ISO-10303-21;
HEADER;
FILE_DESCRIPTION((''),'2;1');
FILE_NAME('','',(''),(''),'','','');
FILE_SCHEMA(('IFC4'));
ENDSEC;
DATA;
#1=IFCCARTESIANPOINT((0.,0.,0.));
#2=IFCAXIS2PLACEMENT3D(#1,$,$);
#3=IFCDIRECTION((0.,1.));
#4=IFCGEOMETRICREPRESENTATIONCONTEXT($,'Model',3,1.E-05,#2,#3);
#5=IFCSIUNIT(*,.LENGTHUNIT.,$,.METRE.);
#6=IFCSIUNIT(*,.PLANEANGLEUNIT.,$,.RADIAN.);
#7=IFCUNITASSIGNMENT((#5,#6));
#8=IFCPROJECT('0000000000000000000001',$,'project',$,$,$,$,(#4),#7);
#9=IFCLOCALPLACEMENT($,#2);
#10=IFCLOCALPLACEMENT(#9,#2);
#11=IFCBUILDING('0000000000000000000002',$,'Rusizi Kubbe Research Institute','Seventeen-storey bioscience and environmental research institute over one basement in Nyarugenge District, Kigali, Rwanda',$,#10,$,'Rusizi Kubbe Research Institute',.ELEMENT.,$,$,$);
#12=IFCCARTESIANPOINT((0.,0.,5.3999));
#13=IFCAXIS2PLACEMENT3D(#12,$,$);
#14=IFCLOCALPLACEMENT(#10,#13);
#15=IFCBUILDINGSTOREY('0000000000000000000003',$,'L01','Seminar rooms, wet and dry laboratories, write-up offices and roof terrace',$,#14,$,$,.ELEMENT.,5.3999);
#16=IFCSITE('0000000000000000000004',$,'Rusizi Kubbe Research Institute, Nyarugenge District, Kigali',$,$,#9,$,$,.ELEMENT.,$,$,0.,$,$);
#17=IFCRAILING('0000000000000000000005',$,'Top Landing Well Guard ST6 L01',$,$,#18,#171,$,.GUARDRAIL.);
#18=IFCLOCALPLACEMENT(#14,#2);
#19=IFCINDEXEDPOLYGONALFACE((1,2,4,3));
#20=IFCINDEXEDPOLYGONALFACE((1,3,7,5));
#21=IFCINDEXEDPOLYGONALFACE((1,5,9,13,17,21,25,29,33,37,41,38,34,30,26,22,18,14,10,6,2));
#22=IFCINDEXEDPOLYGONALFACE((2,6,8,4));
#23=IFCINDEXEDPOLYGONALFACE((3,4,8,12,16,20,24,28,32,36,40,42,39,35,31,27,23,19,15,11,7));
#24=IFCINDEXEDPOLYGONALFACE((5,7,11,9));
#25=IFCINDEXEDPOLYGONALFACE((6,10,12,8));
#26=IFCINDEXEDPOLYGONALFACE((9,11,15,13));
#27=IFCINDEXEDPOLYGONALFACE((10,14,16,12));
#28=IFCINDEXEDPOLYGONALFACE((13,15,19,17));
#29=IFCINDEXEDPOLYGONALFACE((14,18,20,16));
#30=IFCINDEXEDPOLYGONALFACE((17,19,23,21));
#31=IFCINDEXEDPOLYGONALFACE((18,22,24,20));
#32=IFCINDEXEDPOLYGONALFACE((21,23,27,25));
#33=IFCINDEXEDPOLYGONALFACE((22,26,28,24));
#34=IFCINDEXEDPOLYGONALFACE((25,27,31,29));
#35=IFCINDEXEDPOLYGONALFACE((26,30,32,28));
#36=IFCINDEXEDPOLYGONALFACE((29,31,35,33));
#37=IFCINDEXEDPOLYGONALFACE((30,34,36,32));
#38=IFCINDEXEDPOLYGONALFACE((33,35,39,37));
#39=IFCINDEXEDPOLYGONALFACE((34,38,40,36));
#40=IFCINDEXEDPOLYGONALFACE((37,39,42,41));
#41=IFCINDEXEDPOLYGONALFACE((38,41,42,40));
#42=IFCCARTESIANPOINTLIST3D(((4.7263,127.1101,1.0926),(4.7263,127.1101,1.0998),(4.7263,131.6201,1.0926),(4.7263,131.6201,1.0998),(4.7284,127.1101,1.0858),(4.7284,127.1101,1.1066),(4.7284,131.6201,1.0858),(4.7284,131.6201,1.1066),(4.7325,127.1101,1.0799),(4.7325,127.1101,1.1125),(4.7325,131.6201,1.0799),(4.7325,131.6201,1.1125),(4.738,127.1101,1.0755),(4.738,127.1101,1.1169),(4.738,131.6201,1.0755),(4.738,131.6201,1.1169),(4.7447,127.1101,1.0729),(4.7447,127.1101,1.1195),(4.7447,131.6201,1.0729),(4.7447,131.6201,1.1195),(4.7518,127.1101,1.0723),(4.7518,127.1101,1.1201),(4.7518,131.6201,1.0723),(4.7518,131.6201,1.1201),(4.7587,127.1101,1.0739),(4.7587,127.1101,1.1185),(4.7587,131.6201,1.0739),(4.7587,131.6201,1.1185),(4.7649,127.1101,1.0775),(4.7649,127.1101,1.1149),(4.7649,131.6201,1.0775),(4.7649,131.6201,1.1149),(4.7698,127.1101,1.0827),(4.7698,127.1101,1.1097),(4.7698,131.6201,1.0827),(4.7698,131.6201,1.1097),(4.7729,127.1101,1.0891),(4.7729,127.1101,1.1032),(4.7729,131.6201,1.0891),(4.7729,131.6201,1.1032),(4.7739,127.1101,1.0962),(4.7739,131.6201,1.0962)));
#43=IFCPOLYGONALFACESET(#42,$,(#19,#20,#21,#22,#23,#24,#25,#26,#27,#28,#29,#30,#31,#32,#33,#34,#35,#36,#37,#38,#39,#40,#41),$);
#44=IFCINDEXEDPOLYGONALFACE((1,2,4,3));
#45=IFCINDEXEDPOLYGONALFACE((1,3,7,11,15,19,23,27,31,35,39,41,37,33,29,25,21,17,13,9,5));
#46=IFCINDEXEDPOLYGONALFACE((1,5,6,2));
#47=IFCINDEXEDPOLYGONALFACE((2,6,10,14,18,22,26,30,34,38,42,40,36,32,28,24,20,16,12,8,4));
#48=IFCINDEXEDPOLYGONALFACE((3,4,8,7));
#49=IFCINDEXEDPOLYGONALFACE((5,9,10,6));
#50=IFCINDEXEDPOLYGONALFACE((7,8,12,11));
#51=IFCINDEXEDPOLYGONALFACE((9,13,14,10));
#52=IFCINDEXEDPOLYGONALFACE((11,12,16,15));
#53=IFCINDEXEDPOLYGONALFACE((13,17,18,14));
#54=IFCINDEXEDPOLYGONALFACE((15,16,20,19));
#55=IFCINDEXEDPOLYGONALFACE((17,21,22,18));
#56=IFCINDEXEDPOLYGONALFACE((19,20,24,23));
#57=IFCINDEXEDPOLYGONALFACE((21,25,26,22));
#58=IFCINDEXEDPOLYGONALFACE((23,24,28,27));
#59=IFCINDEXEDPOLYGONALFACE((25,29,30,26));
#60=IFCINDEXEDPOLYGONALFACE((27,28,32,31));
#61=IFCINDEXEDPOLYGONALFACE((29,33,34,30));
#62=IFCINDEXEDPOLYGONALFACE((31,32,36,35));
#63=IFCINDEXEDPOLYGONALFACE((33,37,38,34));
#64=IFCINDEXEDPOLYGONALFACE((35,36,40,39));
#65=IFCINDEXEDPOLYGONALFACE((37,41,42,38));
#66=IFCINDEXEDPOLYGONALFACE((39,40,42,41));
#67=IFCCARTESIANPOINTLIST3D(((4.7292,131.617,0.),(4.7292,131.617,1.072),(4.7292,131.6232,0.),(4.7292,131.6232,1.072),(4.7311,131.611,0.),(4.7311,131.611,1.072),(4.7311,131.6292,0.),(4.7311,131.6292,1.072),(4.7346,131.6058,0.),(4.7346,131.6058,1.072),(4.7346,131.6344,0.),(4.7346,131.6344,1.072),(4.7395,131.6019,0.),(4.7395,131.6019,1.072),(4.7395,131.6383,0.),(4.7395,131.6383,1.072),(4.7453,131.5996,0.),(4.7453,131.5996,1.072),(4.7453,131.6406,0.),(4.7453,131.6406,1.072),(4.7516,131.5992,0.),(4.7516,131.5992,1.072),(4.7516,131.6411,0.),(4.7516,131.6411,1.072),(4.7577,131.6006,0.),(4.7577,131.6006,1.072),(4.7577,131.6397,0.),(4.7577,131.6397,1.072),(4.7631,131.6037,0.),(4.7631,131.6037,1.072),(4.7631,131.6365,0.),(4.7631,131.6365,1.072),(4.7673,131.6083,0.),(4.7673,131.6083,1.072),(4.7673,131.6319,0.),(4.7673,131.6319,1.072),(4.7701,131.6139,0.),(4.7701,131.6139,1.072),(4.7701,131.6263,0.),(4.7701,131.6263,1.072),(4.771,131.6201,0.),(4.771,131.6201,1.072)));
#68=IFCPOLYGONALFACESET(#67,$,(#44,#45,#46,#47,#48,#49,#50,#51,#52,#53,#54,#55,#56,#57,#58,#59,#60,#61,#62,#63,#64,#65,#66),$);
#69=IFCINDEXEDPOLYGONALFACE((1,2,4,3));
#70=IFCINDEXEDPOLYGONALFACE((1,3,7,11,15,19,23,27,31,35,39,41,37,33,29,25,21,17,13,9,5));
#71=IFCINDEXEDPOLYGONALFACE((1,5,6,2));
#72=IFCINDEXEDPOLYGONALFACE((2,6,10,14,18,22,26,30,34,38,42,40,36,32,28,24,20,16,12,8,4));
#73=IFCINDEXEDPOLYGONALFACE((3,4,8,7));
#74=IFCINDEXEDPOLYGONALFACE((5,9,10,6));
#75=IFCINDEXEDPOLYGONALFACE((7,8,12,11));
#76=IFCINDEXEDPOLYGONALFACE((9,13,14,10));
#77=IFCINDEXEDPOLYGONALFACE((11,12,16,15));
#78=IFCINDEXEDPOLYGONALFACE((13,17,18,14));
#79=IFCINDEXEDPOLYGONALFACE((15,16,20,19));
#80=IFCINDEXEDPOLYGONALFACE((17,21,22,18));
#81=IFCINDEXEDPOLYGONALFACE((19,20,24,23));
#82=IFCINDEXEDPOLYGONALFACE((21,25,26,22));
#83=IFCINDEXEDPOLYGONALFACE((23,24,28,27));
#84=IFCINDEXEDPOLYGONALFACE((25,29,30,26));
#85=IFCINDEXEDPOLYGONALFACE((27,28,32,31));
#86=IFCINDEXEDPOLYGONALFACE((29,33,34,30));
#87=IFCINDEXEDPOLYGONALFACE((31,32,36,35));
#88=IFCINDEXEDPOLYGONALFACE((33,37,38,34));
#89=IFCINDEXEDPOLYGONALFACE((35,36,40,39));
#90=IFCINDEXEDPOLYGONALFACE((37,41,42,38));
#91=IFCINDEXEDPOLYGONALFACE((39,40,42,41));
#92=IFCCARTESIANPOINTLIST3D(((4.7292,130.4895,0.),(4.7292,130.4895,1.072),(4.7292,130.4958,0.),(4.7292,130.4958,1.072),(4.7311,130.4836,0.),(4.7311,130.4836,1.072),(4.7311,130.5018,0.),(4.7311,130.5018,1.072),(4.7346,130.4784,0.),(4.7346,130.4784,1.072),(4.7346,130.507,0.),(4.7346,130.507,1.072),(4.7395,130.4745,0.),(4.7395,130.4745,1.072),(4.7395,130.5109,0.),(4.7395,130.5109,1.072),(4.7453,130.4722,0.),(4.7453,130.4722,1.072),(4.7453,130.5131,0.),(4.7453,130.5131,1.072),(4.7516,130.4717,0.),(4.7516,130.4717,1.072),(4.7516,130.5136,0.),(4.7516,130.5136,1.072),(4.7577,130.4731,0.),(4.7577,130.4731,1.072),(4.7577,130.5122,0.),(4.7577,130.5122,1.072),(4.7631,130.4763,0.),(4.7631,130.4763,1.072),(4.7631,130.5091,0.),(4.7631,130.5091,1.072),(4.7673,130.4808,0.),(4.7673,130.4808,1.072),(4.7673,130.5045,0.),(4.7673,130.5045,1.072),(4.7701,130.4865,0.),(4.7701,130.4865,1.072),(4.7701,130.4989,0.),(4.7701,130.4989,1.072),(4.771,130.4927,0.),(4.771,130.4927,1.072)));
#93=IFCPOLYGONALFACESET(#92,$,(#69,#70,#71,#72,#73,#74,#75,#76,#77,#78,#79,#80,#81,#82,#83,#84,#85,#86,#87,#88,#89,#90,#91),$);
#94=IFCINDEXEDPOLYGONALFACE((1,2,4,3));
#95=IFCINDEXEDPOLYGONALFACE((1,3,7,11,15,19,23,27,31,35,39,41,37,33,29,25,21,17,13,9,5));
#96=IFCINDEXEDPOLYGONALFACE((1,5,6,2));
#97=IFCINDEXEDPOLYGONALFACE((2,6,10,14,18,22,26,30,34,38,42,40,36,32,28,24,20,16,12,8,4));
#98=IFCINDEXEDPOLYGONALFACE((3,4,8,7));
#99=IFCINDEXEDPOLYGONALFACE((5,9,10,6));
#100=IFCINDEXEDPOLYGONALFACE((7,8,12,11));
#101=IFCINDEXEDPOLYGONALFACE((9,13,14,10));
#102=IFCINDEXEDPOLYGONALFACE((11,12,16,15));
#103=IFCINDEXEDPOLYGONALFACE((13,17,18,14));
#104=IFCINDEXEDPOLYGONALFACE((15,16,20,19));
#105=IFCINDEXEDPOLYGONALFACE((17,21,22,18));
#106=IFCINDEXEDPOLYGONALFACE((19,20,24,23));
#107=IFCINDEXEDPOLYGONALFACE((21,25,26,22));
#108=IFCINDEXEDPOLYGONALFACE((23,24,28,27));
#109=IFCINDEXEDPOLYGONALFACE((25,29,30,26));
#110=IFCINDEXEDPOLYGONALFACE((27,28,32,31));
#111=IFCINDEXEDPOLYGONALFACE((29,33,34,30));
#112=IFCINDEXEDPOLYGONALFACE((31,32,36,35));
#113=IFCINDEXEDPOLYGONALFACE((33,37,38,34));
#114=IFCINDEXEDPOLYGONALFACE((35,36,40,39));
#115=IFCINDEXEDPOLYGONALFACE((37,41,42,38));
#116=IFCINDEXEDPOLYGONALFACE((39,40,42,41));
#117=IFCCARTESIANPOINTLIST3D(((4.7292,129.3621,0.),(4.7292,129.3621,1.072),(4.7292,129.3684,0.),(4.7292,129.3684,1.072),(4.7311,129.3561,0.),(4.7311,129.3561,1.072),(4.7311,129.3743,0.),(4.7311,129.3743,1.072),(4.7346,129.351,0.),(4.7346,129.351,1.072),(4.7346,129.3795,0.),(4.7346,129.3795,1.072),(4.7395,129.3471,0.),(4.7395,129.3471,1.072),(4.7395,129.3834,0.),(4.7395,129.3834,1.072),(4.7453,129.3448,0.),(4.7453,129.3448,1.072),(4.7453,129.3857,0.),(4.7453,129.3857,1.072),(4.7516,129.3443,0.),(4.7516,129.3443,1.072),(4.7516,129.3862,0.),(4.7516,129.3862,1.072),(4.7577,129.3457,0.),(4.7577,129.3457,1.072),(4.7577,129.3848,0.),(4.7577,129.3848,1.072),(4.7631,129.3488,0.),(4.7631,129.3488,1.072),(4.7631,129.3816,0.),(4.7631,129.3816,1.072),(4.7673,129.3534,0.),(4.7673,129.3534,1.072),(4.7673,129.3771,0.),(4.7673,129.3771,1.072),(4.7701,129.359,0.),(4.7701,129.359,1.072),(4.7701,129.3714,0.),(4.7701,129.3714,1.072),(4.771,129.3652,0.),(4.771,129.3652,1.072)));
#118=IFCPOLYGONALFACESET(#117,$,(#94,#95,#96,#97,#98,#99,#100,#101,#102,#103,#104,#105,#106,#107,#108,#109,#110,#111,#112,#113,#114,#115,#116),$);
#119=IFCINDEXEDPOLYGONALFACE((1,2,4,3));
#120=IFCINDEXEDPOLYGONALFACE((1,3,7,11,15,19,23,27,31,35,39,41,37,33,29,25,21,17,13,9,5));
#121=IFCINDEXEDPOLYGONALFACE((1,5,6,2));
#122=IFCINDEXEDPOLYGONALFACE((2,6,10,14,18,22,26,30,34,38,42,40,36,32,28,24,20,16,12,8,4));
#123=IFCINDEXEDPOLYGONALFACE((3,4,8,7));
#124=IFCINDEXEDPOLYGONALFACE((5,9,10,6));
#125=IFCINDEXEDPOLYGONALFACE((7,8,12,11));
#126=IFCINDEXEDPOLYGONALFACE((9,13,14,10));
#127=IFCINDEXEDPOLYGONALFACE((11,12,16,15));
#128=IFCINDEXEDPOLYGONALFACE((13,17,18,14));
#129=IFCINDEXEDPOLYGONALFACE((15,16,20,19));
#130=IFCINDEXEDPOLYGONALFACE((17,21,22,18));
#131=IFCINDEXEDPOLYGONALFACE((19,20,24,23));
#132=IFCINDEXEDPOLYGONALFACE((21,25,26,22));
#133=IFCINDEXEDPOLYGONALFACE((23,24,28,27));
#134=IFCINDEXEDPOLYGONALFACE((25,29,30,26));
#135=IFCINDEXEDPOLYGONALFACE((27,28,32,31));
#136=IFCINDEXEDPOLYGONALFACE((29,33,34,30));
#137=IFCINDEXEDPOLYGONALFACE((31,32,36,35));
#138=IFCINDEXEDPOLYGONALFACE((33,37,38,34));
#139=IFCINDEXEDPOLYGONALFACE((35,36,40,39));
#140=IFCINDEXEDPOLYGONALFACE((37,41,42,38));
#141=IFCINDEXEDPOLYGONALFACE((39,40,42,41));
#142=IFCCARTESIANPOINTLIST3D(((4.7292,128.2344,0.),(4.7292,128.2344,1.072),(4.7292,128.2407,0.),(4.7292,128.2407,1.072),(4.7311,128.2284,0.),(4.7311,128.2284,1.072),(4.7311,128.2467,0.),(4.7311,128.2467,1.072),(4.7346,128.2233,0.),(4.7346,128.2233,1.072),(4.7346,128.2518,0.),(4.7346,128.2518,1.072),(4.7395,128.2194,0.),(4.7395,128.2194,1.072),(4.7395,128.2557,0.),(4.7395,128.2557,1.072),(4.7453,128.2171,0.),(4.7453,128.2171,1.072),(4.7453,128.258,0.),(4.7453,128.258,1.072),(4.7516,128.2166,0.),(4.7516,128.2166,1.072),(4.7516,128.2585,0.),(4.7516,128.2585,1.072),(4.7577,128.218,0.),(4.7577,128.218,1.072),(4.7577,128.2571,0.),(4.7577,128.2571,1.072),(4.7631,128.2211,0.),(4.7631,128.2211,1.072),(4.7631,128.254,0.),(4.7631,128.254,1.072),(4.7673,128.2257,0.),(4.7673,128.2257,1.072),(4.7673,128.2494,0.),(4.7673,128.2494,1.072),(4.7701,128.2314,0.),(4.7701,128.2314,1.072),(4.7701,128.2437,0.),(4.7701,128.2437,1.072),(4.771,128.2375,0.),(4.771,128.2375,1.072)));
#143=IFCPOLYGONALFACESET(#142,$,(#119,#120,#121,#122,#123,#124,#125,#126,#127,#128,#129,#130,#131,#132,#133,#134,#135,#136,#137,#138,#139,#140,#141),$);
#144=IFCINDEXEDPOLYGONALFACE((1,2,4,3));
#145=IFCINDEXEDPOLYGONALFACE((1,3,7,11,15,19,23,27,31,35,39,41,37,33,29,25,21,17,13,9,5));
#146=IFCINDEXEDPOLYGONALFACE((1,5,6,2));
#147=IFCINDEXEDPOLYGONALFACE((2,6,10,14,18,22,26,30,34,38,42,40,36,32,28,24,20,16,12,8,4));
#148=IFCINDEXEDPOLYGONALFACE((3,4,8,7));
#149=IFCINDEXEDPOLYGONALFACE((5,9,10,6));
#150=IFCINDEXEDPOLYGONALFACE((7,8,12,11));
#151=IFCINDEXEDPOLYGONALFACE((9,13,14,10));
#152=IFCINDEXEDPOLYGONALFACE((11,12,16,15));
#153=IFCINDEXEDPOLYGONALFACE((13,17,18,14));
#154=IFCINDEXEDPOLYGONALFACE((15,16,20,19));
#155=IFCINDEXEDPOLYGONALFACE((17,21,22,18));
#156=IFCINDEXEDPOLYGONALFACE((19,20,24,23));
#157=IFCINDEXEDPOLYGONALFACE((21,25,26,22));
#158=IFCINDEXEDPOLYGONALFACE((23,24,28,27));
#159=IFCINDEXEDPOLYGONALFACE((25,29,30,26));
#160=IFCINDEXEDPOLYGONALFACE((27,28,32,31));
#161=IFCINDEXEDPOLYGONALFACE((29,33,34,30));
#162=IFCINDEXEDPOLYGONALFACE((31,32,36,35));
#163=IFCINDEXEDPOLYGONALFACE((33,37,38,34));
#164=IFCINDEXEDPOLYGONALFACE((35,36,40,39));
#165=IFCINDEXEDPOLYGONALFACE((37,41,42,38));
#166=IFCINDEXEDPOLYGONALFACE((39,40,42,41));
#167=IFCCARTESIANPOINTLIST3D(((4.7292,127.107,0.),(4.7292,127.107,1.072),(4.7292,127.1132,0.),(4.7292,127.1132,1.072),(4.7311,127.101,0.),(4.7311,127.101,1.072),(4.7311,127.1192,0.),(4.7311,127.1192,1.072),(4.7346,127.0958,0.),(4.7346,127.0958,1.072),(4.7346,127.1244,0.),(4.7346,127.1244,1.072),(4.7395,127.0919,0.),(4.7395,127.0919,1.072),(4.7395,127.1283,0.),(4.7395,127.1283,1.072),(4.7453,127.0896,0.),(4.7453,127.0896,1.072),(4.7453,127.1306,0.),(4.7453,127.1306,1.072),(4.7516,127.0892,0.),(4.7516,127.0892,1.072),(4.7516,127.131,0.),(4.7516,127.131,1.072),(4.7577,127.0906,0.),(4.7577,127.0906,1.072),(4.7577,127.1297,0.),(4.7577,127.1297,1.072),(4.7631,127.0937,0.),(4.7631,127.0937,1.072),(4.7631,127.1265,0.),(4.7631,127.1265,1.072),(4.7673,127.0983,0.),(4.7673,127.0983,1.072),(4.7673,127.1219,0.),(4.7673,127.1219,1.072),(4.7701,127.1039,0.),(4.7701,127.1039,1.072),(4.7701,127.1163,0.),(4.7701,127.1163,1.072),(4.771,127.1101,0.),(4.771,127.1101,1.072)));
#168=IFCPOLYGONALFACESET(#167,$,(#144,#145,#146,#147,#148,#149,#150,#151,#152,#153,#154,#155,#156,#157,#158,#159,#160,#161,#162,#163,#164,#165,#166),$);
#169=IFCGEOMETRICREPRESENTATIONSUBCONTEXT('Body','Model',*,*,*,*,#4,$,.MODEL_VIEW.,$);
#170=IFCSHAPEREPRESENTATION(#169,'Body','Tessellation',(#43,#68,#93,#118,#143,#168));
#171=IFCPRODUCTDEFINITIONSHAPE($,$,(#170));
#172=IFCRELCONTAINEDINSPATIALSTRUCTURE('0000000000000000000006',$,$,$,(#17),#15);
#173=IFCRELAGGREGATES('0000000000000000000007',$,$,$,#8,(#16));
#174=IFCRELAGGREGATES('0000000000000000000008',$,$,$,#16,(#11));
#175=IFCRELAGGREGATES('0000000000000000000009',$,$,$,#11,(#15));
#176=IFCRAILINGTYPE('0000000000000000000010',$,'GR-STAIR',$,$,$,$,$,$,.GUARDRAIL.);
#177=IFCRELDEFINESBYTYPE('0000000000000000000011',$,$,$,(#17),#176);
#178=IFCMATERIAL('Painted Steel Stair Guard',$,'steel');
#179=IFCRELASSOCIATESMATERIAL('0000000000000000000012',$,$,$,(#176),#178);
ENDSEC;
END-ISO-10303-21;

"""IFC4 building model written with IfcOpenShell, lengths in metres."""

from ifc_helpers import new_model, si_unit, direction, frame, origin, origin_2d, place, context, subcontext, project, spatial, circle, extrude, material, type_object, element, save


model = new_model("IFC4")

# Units and contexts
model_context = context("Model", 3, precision=1e-05, world=origin(), true_north=direction((0.0, 1.0)))
body_context = subcontext(model_context, "Body", "Model", "MODEL_VIEW")
ifc_project = project(units=[si_unit("LENGTHUNIT", "METRE"), si_unit("PLANEANGLEUNIT", "RADIAN")], contexts=[model_context])

# Site, building, storey
site_placement = place(None, origin())
site = spatial("IfcSite", under=ifc_project, at=site_placement, Name="Rusizi Kubbe Research Institute, Nyarugenge District, Kigali", CompositionType="ELEMENT", RefElevation=0.0)
building_placement = place(site_placement, origin())
building = spatial("IfcBuilding", under=site, at=building_placement, Name="Rusizi Kubbe Research Institute", Description="Seventeen-storey bioscience and environmental research institute over one basement in Nyarugenge District, Kigali, Rwanda", LongName="Rusizi Kubbe Research Institute", CompositionType="ELEMENT")
storey_placement = place(building_placement, frame((0.0, 0.0, 5.3999)))
storey = spatial("IfcBuildingStorey", under=building, at=storey_placement, Name="L01", Description="Seminar rooms, wet and dry laboratories, write-up offices and roof terrace", CompositionType="ELEMENT", Elevation=5.3999)

# Railing
ifc_material_1 = material(Name="Painted Steel Stair Guard", Category="steel")
railing_type = type_object("IfcRailingType", Name="GR-STAIR", PredefinedType="GUARDRAIL", material=ifc_material_1)
railing_placement = place(storey_placement, frame((4.75, 131.6201, 0.0)))
element("IfcRailing", 1, at=railing_placement, inside=storey, type_object=railing_type, Name="Top Landing Well Guard ST6 L01", PredefinedType="GUARDRAIL", context=body_context, shape_type="SweptSolid", body=[
    extrude(circle(Radius=0.0239, at=origin_2d()), frame((0.0, 0.0, 1.0962), z_axis=(0.0, -1.0, 0.0), x_axis=(1.0, 0.0, 0.0)), (0.0, 0.0, 1.0), 4.51),
    extrude(circle(Radius=0.021, at=origin_2d()), origin(), (0.0, 0.0, 1.0), 1.072),
    extrude(circle(Radius=0.021, at=origin_2d()), frame((0.0, -1.1274, 0.0)), (0.0, 0.0, 1.0), 1.072),
    extrude(circle(Radius=0.021, at=origin_2d()), frame((0.0, -2.2549, 0.0)), (0.0, 0.0, 1.0), 1.072),
    extrude(circle(Radius=0.021, at=origin_2d()), frame((0.0, -3.3826, 0.0)), (0.0, 0.0, 1.0), 1.072),
    extrude(circle(Radius=0.021, at=origin_2d()), frame((0.0, -4.51, 0.0)), (0.0, 0.0, 1.0), 1.072),
])

save(model, "model.ifc")
